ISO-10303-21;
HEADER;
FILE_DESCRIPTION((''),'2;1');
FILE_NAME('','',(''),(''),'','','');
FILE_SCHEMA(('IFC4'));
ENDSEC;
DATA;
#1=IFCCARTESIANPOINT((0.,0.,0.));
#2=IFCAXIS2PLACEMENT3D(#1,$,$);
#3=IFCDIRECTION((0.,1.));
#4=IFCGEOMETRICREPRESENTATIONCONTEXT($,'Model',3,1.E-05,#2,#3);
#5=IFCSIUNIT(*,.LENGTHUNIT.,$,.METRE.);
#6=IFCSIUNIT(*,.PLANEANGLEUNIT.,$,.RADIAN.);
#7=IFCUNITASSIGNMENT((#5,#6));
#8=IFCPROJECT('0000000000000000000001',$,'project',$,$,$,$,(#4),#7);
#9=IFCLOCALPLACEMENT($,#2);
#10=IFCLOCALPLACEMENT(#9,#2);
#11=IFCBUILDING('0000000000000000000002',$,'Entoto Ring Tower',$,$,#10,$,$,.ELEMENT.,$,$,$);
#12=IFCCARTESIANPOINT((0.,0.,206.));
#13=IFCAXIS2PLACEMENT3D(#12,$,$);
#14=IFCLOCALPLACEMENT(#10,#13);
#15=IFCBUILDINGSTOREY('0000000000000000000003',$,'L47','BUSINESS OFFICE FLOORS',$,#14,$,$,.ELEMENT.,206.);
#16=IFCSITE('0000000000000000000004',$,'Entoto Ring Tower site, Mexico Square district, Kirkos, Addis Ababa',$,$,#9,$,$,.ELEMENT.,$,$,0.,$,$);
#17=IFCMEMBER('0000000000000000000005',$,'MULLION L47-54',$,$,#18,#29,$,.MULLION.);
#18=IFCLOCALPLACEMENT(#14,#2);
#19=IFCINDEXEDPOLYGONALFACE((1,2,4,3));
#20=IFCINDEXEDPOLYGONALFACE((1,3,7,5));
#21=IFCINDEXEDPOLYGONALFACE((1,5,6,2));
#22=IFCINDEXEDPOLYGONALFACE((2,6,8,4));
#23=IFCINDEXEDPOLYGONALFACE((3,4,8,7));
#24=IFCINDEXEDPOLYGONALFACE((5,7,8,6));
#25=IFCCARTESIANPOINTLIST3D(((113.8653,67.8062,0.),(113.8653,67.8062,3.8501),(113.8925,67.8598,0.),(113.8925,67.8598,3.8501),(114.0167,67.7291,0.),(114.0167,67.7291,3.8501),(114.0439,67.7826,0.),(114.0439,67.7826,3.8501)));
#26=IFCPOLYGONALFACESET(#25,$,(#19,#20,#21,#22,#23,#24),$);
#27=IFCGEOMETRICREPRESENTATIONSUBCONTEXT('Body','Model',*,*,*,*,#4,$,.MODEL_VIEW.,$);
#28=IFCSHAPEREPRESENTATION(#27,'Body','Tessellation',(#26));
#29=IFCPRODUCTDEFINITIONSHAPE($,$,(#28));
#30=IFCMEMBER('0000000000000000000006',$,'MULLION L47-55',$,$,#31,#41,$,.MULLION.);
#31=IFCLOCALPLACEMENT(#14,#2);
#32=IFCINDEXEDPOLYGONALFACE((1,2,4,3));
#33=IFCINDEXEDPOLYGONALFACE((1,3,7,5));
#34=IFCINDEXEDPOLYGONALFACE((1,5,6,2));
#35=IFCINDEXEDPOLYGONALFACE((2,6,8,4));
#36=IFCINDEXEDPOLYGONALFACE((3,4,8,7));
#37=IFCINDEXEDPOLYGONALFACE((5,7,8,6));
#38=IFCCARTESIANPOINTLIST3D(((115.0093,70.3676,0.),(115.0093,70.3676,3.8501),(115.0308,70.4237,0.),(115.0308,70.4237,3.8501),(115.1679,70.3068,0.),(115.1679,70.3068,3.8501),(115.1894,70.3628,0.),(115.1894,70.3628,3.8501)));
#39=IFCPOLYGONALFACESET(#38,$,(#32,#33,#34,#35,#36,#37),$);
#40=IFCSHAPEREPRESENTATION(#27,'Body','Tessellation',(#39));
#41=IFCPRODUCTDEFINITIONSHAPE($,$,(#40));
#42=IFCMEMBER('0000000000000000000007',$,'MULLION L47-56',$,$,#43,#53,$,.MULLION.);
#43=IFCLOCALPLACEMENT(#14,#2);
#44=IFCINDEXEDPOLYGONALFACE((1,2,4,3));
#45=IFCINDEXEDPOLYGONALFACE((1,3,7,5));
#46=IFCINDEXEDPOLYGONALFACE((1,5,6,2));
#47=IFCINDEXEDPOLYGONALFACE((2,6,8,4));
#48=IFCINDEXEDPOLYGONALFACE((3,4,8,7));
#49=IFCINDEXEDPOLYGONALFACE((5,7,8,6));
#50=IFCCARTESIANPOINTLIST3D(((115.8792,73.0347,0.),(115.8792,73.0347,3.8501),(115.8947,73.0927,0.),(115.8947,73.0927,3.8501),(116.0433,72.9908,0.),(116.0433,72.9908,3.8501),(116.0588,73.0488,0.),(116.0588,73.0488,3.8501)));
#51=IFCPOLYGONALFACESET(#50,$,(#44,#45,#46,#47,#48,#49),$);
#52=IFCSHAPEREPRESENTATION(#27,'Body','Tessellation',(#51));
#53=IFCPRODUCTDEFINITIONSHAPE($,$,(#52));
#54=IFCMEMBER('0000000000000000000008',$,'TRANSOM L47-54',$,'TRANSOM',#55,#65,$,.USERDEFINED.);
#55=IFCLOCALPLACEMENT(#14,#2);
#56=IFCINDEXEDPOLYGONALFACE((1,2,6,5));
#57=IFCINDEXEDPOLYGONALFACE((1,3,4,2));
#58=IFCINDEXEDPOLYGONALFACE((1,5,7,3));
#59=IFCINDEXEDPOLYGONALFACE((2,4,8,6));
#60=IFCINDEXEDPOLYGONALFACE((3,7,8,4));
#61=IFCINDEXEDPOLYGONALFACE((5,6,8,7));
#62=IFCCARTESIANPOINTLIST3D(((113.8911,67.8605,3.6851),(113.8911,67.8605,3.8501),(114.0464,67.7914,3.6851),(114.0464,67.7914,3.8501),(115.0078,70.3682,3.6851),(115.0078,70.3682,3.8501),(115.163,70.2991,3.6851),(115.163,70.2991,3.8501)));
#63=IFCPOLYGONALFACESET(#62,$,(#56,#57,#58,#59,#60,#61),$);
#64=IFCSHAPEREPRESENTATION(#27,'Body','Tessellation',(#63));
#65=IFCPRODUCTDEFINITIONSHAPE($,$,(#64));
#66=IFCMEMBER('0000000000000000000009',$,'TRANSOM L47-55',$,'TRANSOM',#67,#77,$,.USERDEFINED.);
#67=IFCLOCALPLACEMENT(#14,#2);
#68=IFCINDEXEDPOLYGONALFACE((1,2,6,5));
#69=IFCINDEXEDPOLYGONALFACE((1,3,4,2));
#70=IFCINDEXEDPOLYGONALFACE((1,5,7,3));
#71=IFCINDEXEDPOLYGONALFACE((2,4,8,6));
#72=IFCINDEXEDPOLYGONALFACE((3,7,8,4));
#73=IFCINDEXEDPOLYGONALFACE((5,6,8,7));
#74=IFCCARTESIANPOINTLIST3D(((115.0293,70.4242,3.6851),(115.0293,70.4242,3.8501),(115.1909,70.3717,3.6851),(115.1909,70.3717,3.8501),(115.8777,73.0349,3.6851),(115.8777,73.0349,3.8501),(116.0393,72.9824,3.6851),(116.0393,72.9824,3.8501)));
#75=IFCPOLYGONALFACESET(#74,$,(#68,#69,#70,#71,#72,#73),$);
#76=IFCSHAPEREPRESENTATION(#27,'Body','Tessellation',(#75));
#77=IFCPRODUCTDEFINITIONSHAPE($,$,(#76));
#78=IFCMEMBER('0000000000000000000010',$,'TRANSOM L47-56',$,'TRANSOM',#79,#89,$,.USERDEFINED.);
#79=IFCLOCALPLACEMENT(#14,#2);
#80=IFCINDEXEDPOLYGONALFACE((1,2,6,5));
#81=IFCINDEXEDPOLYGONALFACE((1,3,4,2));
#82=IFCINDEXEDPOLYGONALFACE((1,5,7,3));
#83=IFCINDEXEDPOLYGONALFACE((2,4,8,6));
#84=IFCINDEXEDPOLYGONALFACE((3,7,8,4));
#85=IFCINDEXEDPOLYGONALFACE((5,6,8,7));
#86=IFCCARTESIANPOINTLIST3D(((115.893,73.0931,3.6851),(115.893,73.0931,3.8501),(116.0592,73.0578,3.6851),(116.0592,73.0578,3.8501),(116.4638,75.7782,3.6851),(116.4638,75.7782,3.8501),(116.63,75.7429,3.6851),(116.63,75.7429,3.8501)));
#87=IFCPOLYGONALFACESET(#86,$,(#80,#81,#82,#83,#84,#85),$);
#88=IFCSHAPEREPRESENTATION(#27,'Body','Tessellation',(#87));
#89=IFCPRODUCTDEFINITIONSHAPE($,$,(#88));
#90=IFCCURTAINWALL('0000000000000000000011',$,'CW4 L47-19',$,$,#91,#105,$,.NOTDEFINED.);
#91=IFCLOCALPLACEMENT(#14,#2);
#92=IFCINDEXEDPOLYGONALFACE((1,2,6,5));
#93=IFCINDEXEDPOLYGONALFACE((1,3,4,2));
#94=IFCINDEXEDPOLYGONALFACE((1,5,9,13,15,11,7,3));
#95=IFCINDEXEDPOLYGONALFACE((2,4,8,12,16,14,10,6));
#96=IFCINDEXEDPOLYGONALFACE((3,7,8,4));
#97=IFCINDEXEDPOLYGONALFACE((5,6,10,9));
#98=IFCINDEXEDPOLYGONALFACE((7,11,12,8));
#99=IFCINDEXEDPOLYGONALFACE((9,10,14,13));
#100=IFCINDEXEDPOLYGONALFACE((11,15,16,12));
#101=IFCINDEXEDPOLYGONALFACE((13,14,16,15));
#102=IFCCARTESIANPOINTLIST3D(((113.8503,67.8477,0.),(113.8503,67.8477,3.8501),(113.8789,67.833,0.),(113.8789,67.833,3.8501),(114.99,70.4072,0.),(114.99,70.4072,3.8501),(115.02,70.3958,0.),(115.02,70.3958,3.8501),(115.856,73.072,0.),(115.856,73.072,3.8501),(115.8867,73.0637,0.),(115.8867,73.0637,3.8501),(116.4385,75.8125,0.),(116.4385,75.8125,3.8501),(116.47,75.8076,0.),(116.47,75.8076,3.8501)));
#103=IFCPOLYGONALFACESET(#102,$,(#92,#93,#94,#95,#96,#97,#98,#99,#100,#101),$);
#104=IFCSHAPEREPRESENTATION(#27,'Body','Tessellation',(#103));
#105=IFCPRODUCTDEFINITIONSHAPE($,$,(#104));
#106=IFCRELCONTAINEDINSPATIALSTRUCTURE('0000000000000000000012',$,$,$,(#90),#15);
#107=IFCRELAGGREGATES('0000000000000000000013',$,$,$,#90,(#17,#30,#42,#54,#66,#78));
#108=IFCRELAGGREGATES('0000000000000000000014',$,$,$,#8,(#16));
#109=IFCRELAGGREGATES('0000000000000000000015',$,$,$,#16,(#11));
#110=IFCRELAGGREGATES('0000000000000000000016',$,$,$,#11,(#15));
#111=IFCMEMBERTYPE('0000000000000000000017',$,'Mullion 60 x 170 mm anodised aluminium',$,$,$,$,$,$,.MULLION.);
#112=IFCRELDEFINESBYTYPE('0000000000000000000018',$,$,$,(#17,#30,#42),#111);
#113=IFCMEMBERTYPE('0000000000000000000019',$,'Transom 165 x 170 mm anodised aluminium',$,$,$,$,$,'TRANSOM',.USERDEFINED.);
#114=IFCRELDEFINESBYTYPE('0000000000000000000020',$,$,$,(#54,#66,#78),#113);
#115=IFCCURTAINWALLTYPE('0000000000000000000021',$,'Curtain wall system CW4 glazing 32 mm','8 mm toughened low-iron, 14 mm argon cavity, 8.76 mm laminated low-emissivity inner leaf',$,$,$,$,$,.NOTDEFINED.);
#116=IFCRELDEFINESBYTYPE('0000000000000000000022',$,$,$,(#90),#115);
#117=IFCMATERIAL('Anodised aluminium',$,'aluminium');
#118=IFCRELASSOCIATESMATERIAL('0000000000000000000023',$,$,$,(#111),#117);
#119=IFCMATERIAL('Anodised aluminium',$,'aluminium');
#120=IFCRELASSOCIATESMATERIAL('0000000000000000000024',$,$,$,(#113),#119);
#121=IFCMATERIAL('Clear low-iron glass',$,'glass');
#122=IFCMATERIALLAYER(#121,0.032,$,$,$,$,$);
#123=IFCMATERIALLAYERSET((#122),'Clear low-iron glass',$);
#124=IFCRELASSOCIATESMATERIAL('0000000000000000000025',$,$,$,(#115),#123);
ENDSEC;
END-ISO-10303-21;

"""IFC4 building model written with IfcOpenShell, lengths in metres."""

from ifc_helpers import new_model, si_unit, direction, frame, origin, origin_2d, place, context, subcontext, project, spatial, polyline, rectangle, outline, extrude, material, layer, layer_set, material_profile, profile_set, type_object, element, aggregate, save


model = new_model("IFC4")

# Units and contexts
model_context = context("Model", 3, precision=1e-05, world=origin(), true_north=direction((0.0, 1.0)))
body_context = subcontext(model_context, "Body", "Model", "MODEL_VIEW")
ifc_project = project(units=[si_unit("LENGTHUNIT", "METRE"), si_unit("PLANEANGLEUNIT", "RADIAN")], contexts=[model_context])

# Members
ifc_material_1 = material(Name="Anodised aluminium", Category="aluminium")
ifc_material_profile_1 = material_profile(ifc_material_1, rectangle(XDim=0.0601, YDim=0.1699, at=origin_2d()), Name="Mullion 60 x 170 mm anodised aluminium")
ifc_profile_set_1 = profile_set([ifc_material_profile_1], Name="Anodised aluminium")
member_type_1 = type_object("IfcMemberType", Name="Mullion 60 x 170 mm anodised aluminium", PredefinedType="MULLION", material=ifc_profile_set_1)
site_placement = place(None, origin())
building_placement = place(site_placement, origin())
storey_placement = place(building_placement, frame((0.0, 0.0, 206.0)))
member_1_placement = place(storey_placement, frame((113.9546, 67.7944, 0.0), z_axis=(0.0, 0.0, 1.0), x_axis=(0.45399, 0.891007, 0.0)))
member_1 = element("IfcMember", 1, at=member_1_placement, type_object=member_type_1, Name="MULLION L47-54", PredefinedType="MULLION", context=body_context, shape_type="SweptSolid", body=[
    extrude(rectangle(XDim=0.0601, YDim=0.1699, at=origin_2d()), origin(), (0.0, 0.0, 1.0), 3.8501),
])
member_2_placement = place(storey_placement, frame((115.0994, 70.3652, 0.0), z_axis=(0.0, 0.0, 1.0), x_axis=(0.358368, 0.93358, 0.0)))
member_2 = element("IfcMember", 2, at=member_2_placement, type_object=member_type_1, Name="MULLION L47-55", PredefinedType="MULLION", context=body_context, shape_type="SweptSolid", body=[
    extrude(rectangle(XDim=0.0601, YDim=0.1699, at=origin_2d()), origin(), (0.0, 0.0, 1.0), 3.8501),
])
member_3_placement = place(storey_placement, frame((115.969, 73.0417, 0.0), z_axis=(0.0, 0.0, 1.0), x_axis=(0.258819, 0.965926, 0.0)))
member_3 = element("IfcMember", 3, at=member_3_placement, type_object=member_type_1, Name="MULLION L47-56", PredefinedType="MULLION", context=body_context, shape_type="SweptSolid", body=[
    extrude(rectangle(XDim=0.0601, YDim=0.1699, at=origin_2d()), origin(), (0.0, 0.0, 1.0), 3.8501),
])
ifc_material_2 = material(Name="Anodised aluminium", Category="aluminium")
ifc_material_profile_2 = material_profile(ifc_material_2, rectangle(XDim=0.1699, YDim=0.165, at=origin_2d()), Name="Transom 165 x 170 mm anodised aluminium")
ifc_profile_set_2 = profile_set([ifc_material_profile_2], Name="Anodised aluminium")
member_type_2 = type_object("IfcMemberType", Name="Transom 165 x 170 mm anodised aluminium", ElementType="TRANSOM", PredefinedType="USERDEFINED", material=ifc_profile_set_2)
member_4_placement = place(storey_placement, frame((113.9688, 67.8259, 3.7676), z_axis=(0.406782, 0.913525, 0.0), x_axis=(-0.913525, 0.406782, 0.0)))
member_4 = element("IfcMember", 4, at=member_4_placement, type_object=member_type_2, Name="TRANSOM L47-54", ObjectType="TRANSOM", PredefinedType="USERDEFINED", context=body_context, shape_type="SweptSolid", body=[
    extrude(rectangle(XDim=0.1699, YDim=0.165, at=origin_2d()), origin(), (0.0, 0.0, 1.0), 2.7451),
])
member_5_placement = place(storey_placement, frame((115.1101, 70.3979, 3.7676), z_axis=(0.309042, 0.951048, 0.0), x_axis=(-0.951048, 0.309042, 0.0)))
member_5 = element("IfcMember", 5, at=member_5_placement, type_object=member_type_2, Name="TRANSOM L47-55", ObjectType="TRANSOM", PredefinedType="USERDEFINED", context=body_context, shape_type="SweptSolid", body=[
    extrude(rectangle(XDim=0.1699, YDim=0.165, at=origin_2d()), origin(), (0.0, 0.0, 1.0), 2.7451),
])
member_6_placement = place(storey_placement, frame((115.9761, 73.0754, 3.7676), z_axis=(0.207937, 0.978142, 0.0), x_axis=(-0.978142, 0.207937, 0.0)))
member_6 = element("IfcMember", 6, at=member_6_placement, type_object=member_type_2, Name="TRANSOM L47-56", ObjectType="TRANSOM", PredefinedType="USERDEFINED", context=body_context, shape_type="SweptSolid", body=[
    extrude(rectangle(XDim=0.1699, YDim=0.165, at=origin_2d()), origin(), (0.0, 0.0, 1.0), 2.7451),
])

# Site, building, storey
site = spatial("IfcSite", under=ifc_project, at=site_placement, Name="Entoto Ring Tower site, Mexico Square district, Kirkos, Addis Ababa", CompositionType="ELEMENT", RefElevation=0.0)
building = spatial("IfcBuilding", under=site, at=building_placement, Name="Entoto Ring Tower", CompositionType="ELEMENT")
storey = spatial("IfcBuildingStorey", under=building, at=storey_placement, Name="L47", Description="BUSINESS OFFICE FLOORS", CompositionType="ELEMENT", Elevation=206.0)

# Curtain wall
ifc_material_3 = material(Name="Clear low-iron glass", Category="glass")
ifc_layer = layer(ifc_material_3, 0.032)
ifc_layer_set = layer_set([ifc_layer], Name="Clear low-iron glass")
curtain_wall_type = type_object("IfcCurtainWallType", Name="Curtain wall system CW4 glazing 32 mm", Description="8 mm toughened low-iron, 14 mm argon cavity, 8.76 mm laminated low-emissivity inner leaf", PredefinedType="NOTDEFINED", material=ifc_layer_set)
curtain_wall_1_placement = place(storey_placement, origin())
curtain_wall_1 = element("IfcCurtainWall", 7, at=curtain_wall_1_placement, inside=storey, type_object=curtain_wall_type, Name="CW4 L47-19", PredefinedType="NOTDEFINED", context=body_context, shape_type="SweptSolid", body=[
    extrude(outline(polyline([(113.8789, 67.833), (115.02, 70.3958), (115.8867, 73.0637), (116.47, 75.8076), (116.4385, 75.8125), (115.856, 73.072), (114.99, 70.4072), (113.8503, 67.8477), (113.8789, 67.833)])), origin(), (0.0, 0.0, 1.0), 3.8501),
])
aggregate(curtain_wall_1, [member_1, member_2, member_3, member_4, member_5, member_6])

save(model, "model.ifc")
